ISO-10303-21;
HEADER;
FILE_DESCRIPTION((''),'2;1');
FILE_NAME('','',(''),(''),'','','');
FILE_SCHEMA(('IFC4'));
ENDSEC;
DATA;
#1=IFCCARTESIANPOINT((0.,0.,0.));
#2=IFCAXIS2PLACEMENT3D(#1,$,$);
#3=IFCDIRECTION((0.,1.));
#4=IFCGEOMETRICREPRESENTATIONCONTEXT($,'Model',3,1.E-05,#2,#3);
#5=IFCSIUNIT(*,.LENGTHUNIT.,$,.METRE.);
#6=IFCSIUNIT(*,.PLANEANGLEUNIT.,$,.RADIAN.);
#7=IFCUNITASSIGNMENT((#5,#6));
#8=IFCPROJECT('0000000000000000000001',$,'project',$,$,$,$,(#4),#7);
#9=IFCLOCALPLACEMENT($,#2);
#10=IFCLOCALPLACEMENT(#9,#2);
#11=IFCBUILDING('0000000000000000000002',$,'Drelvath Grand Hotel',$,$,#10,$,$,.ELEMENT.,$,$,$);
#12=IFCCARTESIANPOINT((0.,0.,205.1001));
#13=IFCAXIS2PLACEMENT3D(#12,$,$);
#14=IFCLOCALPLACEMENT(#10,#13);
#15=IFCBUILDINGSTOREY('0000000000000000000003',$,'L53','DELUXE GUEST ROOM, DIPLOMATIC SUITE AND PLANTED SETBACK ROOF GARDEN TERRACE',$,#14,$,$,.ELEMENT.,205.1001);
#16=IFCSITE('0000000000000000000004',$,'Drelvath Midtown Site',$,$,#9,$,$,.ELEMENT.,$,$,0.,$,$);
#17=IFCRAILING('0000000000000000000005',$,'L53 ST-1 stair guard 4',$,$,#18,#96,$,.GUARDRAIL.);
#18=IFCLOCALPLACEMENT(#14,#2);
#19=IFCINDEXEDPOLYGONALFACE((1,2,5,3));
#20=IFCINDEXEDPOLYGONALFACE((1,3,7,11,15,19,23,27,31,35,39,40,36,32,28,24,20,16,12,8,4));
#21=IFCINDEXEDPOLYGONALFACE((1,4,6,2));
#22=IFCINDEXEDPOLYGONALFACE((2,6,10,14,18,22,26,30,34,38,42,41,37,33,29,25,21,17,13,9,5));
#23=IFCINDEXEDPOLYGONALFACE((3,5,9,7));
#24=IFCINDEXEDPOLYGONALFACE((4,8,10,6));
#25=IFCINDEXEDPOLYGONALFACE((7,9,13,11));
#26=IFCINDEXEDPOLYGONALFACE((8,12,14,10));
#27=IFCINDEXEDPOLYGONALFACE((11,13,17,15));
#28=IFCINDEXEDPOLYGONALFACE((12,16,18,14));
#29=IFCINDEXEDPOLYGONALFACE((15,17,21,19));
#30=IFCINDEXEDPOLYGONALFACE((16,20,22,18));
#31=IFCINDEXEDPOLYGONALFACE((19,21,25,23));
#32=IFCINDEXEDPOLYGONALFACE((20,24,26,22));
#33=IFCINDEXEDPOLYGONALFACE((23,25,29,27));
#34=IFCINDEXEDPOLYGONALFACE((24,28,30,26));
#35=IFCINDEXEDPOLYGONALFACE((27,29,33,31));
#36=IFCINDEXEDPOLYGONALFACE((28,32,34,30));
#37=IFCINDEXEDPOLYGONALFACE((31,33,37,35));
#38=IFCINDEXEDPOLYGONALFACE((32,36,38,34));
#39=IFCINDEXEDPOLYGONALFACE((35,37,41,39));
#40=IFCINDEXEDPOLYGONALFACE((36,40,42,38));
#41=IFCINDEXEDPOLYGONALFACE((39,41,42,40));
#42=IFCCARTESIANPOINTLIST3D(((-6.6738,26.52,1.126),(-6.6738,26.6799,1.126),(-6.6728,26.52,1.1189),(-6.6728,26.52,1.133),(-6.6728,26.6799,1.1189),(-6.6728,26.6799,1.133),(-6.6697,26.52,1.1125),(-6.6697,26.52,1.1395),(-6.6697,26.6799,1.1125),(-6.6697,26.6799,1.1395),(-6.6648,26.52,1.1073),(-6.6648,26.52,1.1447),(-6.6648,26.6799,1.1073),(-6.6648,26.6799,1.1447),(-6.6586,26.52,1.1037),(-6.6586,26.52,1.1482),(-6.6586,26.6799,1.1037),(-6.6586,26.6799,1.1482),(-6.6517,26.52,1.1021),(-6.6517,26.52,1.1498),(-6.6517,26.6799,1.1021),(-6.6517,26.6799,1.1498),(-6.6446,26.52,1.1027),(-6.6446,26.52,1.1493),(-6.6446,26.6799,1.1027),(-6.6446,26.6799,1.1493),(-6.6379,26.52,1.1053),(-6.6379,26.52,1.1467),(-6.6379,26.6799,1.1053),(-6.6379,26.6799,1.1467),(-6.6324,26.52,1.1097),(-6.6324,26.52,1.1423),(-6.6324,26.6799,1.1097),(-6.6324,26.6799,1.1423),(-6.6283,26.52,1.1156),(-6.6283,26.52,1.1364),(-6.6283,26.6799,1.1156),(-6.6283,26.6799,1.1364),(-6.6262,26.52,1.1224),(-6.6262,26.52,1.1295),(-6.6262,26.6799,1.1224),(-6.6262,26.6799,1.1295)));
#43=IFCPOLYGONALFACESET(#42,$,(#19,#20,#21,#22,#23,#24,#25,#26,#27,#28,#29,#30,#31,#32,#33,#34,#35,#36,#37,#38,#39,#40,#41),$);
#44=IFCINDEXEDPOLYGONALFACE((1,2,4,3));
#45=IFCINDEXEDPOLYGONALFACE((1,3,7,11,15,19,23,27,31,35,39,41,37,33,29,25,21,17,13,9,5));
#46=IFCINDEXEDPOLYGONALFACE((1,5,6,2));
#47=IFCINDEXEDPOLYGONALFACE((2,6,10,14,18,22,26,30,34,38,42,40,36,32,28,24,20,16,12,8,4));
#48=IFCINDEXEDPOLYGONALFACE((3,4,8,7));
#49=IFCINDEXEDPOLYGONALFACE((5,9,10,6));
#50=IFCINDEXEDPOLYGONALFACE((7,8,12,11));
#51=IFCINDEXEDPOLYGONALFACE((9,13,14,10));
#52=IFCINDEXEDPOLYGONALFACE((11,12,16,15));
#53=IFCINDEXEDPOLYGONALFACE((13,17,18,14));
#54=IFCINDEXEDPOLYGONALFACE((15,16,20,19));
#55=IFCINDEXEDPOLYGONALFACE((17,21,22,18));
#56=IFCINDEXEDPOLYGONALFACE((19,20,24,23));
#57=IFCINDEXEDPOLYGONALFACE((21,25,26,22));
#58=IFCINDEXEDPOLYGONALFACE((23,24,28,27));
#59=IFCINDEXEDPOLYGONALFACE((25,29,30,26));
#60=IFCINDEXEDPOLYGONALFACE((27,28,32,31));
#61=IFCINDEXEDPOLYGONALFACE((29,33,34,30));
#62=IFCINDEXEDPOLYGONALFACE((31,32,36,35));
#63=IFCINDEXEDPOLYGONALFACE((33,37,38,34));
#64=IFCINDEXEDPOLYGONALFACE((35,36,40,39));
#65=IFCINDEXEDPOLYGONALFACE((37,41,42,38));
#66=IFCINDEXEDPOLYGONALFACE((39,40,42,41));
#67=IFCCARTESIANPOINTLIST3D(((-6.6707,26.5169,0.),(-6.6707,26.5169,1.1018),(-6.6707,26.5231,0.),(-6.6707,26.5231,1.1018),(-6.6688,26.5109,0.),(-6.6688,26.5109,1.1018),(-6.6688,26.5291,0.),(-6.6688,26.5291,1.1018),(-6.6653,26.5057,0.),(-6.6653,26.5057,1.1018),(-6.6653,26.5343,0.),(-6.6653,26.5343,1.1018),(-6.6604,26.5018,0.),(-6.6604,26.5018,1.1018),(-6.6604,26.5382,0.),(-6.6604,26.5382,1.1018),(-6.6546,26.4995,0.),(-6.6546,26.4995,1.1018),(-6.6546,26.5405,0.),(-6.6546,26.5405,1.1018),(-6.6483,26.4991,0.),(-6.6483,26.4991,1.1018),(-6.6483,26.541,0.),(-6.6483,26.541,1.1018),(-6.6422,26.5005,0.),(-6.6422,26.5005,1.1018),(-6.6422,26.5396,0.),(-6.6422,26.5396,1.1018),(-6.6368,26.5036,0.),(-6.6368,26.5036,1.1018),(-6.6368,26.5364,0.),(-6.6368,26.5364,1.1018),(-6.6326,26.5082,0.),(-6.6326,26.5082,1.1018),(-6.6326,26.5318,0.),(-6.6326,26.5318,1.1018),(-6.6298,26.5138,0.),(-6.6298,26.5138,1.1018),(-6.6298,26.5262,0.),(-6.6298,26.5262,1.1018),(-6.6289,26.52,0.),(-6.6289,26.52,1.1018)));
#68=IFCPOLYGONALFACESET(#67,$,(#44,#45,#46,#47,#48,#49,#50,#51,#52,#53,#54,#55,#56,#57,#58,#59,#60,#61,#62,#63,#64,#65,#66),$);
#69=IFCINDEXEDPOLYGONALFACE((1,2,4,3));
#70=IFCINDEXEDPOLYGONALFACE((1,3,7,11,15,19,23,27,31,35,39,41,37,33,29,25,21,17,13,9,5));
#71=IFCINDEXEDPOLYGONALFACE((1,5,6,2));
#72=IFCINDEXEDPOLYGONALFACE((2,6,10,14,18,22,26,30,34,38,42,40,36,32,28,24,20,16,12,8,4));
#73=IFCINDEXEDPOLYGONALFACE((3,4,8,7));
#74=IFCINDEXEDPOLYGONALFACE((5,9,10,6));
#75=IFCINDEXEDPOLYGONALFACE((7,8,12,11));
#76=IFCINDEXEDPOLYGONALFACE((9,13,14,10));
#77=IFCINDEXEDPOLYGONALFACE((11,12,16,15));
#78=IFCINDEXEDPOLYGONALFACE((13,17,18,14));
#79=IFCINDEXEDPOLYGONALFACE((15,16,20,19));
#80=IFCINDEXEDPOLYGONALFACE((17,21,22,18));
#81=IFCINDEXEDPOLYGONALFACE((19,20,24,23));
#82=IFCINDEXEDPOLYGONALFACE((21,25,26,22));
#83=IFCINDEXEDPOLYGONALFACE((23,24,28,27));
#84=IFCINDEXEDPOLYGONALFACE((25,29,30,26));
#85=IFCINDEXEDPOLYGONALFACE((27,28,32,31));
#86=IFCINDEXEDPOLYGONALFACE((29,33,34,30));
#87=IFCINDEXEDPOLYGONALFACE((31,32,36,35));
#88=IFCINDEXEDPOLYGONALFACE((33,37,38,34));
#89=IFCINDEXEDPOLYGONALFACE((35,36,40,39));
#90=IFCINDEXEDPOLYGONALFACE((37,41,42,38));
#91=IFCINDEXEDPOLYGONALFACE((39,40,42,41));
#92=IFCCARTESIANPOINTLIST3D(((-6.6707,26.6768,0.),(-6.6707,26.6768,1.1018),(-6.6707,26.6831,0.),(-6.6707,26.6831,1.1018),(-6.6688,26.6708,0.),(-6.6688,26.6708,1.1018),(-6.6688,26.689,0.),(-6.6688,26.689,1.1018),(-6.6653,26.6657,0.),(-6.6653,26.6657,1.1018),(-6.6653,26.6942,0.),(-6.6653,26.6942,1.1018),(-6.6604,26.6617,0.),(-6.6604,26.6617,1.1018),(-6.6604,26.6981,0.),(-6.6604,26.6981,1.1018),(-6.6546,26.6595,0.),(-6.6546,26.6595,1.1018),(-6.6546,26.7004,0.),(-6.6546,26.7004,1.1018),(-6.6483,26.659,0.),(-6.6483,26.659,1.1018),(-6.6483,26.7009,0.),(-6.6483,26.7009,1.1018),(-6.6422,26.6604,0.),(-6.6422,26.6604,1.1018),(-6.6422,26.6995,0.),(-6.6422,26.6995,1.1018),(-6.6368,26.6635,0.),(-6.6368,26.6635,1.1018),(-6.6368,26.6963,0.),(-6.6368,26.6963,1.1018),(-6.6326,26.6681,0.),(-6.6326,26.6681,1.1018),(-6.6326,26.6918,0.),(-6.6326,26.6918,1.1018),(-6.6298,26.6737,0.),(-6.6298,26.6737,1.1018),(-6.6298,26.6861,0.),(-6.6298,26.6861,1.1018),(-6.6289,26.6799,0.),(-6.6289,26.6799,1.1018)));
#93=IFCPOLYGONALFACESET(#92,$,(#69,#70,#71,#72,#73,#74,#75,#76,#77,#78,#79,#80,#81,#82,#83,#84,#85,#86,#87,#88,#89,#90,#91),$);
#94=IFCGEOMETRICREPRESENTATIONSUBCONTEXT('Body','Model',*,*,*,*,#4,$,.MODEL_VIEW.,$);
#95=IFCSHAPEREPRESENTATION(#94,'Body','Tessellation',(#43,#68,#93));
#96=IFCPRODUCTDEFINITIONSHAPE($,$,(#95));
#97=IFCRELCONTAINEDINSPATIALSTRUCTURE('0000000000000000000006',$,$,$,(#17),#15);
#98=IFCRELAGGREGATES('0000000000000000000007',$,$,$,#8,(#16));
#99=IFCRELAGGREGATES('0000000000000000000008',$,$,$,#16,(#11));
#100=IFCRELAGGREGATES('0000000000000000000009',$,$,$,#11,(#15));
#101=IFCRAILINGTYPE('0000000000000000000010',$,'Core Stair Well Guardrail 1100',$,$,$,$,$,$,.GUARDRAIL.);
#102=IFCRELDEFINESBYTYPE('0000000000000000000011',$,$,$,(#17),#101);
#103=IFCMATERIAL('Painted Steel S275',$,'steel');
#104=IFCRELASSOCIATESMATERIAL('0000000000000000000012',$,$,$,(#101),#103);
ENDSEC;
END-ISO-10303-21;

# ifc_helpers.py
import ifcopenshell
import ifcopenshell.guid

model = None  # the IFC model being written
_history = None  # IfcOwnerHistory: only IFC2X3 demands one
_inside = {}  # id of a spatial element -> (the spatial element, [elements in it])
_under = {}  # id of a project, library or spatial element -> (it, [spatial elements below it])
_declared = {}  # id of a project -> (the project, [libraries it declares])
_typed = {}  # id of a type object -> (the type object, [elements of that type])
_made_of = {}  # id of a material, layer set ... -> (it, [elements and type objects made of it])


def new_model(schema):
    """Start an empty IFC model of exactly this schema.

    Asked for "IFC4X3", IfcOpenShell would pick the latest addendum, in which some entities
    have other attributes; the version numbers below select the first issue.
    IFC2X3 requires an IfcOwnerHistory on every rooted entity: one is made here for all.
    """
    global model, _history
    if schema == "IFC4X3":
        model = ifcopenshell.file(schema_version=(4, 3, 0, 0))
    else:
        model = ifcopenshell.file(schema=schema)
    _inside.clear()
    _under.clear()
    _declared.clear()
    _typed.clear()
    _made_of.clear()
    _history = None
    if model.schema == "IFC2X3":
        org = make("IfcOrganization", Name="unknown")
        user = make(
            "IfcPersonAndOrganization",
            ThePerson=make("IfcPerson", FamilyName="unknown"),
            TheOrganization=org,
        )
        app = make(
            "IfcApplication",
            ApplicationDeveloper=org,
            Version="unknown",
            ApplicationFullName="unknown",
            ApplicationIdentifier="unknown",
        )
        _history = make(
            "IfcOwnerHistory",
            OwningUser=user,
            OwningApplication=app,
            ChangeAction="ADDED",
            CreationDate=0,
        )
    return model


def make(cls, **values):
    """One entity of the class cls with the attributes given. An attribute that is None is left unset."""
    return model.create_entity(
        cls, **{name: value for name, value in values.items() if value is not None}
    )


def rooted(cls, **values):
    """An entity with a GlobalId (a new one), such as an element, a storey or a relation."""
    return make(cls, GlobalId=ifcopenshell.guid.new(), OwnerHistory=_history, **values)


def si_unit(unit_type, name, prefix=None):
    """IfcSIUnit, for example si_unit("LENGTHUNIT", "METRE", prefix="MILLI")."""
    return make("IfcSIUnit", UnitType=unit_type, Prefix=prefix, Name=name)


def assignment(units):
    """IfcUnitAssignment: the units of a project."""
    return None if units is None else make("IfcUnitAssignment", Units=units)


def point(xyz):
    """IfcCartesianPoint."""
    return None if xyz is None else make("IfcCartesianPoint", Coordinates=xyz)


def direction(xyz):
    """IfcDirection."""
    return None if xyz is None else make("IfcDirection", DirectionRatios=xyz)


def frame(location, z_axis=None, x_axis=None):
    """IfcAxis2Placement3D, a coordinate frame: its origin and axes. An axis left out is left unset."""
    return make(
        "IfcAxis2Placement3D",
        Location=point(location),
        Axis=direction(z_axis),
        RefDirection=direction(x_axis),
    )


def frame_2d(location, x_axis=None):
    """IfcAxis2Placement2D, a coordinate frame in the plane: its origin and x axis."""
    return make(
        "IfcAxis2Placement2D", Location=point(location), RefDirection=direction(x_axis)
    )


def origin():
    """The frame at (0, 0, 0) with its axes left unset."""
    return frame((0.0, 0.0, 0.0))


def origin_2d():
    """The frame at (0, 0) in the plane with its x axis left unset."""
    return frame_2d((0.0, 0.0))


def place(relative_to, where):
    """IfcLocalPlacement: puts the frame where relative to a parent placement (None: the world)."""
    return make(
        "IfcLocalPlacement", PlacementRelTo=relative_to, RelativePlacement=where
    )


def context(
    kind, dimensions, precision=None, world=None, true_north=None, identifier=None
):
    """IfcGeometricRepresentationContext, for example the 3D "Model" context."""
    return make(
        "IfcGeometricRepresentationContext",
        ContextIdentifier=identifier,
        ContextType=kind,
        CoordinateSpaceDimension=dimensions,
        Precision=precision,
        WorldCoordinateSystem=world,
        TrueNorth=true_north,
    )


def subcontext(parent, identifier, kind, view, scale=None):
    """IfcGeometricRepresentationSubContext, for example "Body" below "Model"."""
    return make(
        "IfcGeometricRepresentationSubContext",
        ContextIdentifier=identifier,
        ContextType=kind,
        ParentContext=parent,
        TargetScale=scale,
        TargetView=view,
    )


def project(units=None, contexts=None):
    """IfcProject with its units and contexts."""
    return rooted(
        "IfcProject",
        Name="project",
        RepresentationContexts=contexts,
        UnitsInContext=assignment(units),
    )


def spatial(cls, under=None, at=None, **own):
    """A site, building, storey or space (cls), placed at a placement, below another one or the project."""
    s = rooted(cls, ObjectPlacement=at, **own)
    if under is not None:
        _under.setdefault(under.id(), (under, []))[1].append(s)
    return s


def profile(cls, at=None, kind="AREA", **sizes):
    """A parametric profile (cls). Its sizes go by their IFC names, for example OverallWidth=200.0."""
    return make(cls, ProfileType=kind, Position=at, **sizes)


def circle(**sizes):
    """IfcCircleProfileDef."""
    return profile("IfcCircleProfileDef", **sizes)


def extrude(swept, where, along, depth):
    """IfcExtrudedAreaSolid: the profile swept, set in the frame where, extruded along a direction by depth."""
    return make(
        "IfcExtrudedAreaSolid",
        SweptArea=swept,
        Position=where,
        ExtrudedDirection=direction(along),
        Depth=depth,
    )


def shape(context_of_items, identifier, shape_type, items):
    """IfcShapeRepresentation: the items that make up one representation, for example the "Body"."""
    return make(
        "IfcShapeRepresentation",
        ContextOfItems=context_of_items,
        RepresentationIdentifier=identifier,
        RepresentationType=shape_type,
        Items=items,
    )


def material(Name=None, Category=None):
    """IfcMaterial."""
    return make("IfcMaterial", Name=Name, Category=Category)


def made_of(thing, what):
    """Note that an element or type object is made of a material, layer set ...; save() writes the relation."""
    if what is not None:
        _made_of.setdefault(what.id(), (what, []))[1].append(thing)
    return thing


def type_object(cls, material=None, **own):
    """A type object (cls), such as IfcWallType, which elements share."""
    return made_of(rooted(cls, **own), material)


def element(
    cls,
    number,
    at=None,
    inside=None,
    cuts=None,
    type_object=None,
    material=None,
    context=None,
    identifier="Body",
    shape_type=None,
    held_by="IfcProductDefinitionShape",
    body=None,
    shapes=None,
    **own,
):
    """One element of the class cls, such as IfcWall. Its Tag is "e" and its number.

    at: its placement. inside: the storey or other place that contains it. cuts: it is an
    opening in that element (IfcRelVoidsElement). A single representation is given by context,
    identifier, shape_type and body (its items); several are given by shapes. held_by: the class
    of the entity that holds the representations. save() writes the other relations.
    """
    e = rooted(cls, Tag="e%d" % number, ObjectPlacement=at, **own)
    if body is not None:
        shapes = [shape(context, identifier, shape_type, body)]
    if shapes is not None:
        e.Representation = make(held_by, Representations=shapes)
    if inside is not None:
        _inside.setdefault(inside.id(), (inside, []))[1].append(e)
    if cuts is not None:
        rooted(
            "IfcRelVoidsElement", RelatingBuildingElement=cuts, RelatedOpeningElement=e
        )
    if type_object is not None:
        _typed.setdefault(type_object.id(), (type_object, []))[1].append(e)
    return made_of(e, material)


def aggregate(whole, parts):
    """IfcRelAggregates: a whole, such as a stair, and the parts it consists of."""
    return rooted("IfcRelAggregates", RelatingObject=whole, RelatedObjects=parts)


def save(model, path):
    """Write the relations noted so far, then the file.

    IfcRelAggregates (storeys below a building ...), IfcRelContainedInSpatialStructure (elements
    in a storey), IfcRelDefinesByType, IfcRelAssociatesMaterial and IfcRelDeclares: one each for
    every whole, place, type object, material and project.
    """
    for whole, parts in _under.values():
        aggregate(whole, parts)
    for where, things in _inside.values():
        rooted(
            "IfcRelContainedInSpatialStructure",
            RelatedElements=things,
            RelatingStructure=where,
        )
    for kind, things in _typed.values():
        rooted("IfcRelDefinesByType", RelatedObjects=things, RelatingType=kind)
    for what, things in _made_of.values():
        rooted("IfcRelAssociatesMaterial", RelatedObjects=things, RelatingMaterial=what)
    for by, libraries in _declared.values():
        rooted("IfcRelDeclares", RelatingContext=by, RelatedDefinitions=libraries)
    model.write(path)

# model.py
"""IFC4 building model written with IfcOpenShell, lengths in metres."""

from ifc_helpers import new_model, si_unit, direction, frame, origin, origin_2d, place, context, subcontext, project, spatial, circle, extrude, material, type_object, element, save


model = new_model("IFC4")

# Units and contexts
model_context = context("Model", 3, precision=1e-05, world=origin(), true_north=direction((0.0, 1.0)))
body_context = subcontext(model_context, "Body", "Model", "MODEL_VIEW")
ifc_project = project(units=[si_unit("LENGTHUNIT", "METRE"), si_unit("PLANEANGLEUNIT", "RADIAN")], contexts=[model_context])

# Site, building, storey
site_placement = place(None, origin())
site = spatial("IfcSite", under=ifc_project, at=site_placement, Name="Drelvath Midtown Site", CompositionType="ELEMENT", RefElevation=0.0)
building_placement = place(site_placement, origin())
building = spatial("IfcBuilding", under=site, at=building_placement, Name="Drelvath Grand Hotel", CompositionType="ELEMENT")
storey_placement = place(building_placement, frame((0.0, 0.0, 205.1001)))
storey = spatial("IfcBuildingStorey", under=building, at=storey_placement, Name="L53", Description="DELUXE GUEST ROOM, DIPLOMATIC SUITE AND PLANTED SETBACK ROOF GARDEN TERRACE", CompositionType="ELEMENT", Elevation=205.1001)

# Shared definitions
ifc_material_1 = material(Name="Painted Steel S275", Category="steel")

# Railing
railing_type_1 = type_object("IfcRailingType", Name="Core Stair Well Guardrail 1100", PredefinedType="GUARDRAIL", material=ifc_material_1)
railing_1_placement = place(storey_placement, frame((-6.6499, 26.52, 0.0)))
element("IfcRailing", 1, at=railing_1_placement, inside=storey, type_object=railing_type_1, Name="L53 ST-1 stair guard 4", PredefinedType="GUARDRAIL", context=body_context, shape_type="SweptSolid", body=[
    extrude(circle(Radius=0.0239, at=origin_2d()), frame((0.0, 0.0, 1.126), z_axis=(0.0, 1.0, 0.0), x_axis=(-1.0, 0.0, 0.0)), (0.0, 0.0, 1.0), 0.1599),
    extrude(circle(Radius=0.021, at=origin_2d()), origin(), (0.0, 0.0, 1.0), 1.1018),
    extrude(circle(Radius=0.021, at=origin_2d()), frame((0.0, 0.1599, 0.0)), (0.0, 0.0, 1.0), 1.1018),
])

save(model, "model.ifc")
